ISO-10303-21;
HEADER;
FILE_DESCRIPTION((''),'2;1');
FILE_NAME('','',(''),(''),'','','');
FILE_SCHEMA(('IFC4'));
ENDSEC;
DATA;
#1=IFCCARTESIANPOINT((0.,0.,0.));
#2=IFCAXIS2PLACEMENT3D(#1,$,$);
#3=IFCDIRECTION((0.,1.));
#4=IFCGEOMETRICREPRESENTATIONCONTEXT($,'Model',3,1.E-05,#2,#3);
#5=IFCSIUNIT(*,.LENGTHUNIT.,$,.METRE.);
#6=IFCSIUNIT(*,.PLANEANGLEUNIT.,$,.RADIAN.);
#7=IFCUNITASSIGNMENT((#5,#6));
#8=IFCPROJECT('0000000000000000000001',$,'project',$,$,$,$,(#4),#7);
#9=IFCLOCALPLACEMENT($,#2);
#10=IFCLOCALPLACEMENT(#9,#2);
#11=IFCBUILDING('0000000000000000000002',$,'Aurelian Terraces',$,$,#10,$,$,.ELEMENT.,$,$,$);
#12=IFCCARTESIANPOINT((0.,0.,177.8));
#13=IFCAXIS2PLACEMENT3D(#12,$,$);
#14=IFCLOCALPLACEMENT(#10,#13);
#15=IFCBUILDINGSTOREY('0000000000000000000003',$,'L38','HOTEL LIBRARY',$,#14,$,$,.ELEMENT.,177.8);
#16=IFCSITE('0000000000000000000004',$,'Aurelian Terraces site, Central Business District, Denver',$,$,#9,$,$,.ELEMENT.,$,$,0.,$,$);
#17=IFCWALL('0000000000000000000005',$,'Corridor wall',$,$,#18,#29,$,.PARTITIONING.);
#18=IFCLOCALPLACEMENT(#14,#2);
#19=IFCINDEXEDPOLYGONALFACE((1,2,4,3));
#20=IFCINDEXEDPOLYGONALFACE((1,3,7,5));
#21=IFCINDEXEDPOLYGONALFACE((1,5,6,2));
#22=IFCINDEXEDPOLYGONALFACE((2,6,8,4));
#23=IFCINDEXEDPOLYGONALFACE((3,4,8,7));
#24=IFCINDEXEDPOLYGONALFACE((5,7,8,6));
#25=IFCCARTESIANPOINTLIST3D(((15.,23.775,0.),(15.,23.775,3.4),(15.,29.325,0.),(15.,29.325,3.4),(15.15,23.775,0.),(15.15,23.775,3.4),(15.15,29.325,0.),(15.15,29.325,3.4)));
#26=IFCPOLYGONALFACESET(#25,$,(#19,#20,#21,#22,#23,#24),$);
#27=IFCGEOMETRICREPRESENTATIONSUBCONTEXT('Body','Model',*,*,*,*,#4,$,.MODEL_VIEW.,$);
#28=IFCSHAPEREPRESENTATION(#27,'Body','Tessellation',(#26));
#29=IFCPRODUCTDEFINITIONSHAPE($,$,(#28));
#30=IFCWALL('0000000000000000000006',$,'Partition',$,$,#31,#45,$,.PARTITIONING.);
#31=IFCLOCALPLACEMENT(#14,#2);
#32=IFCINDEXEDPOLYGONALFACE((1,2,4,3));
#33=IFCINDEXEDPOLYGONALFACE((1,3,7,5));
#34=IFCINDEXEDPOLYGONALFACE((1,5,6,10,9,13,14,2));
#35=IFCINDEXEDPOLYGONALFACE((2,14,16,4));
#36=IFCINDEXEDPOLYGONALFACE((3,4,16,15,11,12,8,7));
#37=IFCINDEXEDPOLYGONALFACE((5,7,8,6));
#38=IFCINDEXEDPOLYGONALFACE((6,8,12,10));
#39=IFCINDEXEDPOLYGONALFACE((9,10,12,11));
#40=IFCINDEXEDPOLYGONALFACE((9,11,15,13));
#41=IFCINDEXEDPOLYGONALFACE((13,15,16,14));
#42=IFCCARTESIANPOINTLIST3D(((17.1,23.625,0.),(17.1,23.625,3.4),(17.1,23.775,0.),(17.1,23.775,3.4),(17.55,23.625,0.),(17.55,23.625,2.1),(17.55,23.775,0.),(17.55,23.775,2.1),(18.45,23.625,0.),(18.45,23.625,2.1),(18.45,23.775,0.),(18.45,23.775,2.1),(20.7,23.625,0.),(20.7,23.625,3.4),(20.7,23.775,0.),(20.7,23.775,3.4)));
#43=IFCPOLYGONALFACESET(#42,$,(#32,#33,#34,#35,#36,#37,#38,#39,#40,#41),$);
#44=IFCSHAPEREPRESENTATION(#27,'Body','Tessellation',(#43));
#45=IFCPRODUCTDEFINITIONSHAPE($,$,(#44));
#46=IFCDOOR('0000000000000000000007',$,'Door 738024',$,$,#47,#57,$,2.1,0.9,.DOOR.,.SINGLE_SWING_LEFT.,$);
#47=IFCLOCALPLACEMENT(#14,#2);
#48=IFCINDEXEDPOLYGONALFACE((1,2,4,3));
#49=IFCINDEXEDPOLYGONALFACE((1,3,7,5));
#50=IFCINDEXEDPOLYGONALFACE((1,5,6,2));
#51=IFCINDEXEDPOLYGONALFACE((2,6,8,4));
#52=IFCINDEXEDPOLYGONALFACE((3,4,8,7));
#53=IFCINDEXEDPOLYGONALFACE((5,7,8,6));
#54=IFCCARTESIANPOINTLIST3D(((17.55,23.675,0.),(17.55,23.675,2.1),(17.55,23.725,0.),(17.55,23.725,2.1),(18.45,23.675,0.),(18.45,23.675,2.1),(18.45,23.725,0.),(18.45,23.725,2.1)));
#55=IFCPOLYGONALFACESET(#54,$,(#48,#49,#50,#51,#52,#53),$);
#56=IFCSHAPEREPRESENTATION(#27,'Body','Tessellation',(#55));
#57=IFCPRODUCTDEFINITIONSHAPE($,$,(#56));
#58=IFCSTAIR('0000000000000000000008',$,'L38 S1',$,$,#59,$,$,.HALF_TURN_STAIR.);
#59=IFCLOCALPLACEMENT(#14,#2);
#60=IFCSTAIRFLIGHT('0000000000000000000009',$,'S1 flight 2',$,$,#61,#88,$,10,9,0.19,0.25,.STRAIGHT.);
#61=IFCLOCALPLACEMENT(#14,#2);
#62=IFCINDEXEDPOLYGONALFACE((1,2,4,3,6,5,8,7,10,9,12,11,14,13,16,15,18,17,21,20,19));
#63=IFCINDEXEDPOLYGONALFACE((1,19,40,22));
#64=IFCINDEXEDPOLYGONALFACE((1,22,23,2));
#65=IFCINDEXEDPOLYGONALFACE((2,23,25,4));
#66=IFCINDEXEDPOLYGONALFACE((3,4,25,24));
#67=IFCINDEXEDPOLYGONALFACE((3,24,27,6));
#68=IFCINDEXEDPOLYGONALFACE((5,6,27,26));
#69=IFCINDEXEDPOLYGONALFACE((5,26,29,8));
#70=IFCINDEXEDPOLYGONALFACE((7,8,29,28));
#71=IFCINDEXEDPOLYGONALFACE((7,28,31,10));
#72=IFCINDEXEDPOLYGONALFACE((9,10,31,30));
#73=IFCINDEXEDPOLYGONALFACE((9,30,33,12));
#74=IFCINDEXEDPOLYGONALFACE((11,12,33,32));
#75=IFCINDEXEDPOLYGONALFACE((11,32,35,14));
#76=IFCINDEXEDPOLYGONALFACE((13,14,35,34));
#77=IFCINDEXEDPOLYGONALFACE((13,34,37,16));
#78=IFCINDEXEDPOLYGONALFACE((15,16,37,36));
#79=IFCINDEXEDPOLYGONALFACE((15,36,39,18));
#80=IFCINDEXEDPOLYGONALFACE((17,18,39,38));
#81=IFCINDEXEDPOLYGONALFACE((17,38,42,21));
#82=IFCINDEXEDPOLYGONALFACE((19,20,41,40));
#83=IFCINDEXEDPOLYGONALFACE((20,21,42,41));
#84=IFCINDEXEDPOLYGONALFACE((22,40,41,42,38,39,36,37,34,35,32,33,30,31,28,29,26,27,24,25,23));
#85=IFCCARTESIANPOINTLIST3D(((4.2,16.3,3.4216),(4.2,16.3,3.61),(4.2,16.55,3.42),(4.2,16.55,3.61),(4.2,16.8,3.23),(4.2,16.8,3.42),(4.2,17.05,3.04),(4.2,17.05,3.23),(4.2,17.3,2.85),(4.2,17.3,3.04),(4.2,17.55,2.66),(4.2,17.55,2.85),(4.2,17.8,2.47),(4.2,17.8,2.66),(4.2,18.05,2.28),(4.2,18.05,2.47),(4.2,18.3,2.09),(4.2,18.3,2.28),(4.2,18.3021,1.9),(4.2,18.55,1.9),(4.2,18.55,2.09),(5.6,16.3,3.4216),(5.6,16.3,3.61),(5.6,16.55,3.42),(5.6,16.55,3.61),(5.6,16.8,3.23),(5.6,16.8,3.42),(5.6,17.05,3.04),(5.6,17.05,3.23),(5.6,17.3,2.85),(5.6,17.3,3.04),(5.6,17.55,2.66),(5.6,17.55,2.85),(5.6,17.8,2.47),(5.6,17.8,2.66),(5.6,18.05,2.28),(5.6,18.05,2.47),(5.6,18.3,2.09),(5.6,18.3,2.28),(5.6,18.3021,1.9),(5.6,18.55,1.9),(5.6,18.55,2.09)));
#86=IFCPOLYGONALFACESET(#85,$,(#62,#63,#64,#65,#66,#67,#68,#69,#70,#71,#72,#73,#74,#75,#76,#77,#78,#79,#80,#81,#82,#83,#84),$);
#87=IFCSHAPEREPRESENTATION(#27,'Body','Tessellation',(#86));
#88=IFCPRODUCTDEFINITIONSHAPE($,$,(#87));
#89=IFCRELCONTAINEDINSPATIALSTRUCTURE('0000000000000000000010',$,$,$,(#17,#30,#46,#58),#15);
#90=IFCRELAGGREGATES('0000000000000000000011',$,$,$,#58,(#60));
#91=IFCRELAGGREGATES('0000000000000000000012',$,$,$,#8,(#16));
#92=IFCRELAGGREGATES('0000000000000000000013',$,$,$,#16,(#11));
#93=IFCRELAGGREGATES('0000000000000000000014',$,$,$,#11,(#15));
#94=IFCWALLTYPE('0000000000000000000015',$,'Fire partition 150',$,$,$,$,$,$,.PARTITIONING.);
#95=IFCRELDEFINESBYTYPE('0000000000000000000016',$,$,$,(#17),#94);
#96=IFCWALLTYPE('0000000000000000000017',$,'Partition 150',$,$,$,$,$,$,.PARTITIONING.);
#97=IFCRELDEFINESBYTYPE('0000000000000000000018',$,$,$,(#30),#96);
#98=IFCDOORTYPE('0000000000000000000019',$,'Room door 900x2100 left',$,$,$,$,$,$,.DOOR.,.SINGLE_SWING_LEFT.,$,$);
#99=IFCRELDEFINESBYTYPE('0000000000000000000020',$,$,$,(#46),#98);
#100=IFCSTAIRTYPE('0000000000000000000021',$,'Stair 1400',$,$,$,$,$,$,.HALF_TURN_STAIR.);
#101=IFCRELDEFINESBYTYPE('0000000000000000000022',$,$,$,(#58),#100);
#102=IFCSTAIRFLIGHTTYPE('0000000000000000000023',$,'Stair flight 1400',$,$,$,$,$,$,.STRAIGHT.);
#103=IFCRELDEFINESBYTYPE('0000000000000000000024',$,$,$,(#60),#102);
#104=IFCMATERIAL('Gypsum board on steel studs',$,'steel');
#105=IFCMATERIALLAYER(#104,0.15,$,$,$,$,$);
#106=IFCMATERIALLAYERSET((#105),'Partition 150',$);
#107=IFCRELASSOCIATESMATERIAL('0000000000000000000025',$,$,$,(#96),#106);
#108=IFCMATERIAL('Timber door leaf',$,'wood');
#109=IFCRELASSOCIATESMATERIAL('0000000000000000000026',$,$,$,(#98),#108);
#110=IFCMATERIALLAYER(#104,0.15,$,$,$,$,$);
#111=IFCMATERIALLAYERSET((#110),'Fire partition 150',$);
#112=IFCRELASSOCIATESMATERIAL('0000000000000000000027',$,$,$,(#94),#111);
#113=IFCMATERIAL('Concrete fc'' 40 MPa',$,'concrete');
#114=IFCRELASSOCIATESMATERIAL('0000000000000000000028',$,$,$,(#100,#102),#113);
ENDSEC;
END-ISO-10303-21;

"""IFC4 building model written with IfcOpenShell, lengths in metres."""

from ifc_helpers import new_model, si_unit, direction, frame, frame_2d, origin, place, context, subcontext, project, spatial, polyline, rectangle, outline, extrude, source, transform, mapped, material, layer, layer_set, type_object, element, fill, aggregate, save


model = new_model("IFC4")

# Units and contexts
model_context = context("Model", 3, precision=1e-05, world=origin(), true_north=direction((0.0, 1.0)))
body_context = subcontext(model_context, "Body", "Model", "MODEL_VIEW")
ifc_project = project(units=[si_unit("LENGTHUNIT", "METRE"), si_unit("PLANEANGLEUNIT", "RADIAN")], contexts=[model_context])

# Site, building, storey
site_placement = place(None, origin())
site = spatial("IfcSite", under=ifc_project, at=site_placement, Name="Aurelian Terraces site, Central Business District, Denver", CompositionType="ELEMENT", RefElevation=0.0)
building_placement = place(site_placement, origin())
building = spatial("IfcBuilding", under=site, at=building_placement, Name="Aurelian Terraces", CompositionType="ELEMENT")
storey_placement = place(building_placement, frame((0.0, 0.0, 177.8)))
storey = spatial("IfcBuildingStorey", under=building, at=storey_placement, Name="L38", Description="HOTEL LIBRARY", CompositionType="ELEMENT", Elevation=177.8)

# Shared definitions
ifc_material_1 = material(Name="Gypsum board on steel studs", Category="steel")
shared_shape_1 = source(origin(), body_context, "Body", "SweptSolid", [
    extrude(rectangle(XDim=0.9, YDim=2.1, at=frame_2d((0.45, 1.05))), frame((0.0, 0.025, 0.0), z_axis=(0.0, -1.0, 0.0), x_axis=(1.0, 0.0, 0.0)), (0.0, 0.0, 1.0), 0.05),
])

# Shared definitions
ifc_layer_1 = layer(ifc_material_1, 0.15)
ifc_layer_set_1 = layer_set([ifc_layer_1], Name="Partition 150")
wall_type_1 = type_object("IfcWallType", Name="Partition 150", PredefinedType="PARTITIONING", material=ifc_layer_set_1)
shared_shape_2 = source(origin(), body_context, "Body", "SweptSolid", [
    extrude(rectangle(XDim=0.9, YDim=2.1, at=frame_2d((0.45, 1.05))), frame((0.0, 0.085, 0.0), z_axis=(0.0, -1.0, 0.0), x_axis=(1.0, 0.0, 0.0)), (0.0, 0.0, 1.0), 0.17),
])
ifc_material_2 = material(Name="Timber door leaf", Category="wood")
door_type_1 = type_object("IfcDoorType", Name="Room door 900x2100 left", OperationType="SINGLE_SWING_LEFT", PredefinedType="DOOR", material=ifc_material_2)

# Wall
ifc_layer_2 = layer(ifc_material_1, 0.15)
ifc_layer_set_2 = layer_set([ifc_layer_2], Name="Fire partition 150")
wall_type_2 = type_object("IfcWallType", Name="Fire partition 150", PredefinedType="PARTITIONING", material=ifc_layer_set_2)
shared_shape_3 = source(origin(), body_context, "Body", "SweptSolid", [
    extrude(rectangle(XDim=5.55, YDim=0.15, at=frame_2d((2.775, 0.0))), origin(), (0.0, 0.0, 1.0), 3.4),
])
wall_1_placement = place(storey_placement, frame((15.075, 23.775, 0.0), z_axis=(0.0, 0.0, 1.0), x_axis=(0.0, 1.0, 0.0)))
element("IfcWall", 1, at=wall_1_placement, inside=storey, type_object=wall_type_2, Name="Corridor wall", PredefinedType="PARTITIONING", context=body_context, shape_type="MappedRepresentation", body=[
    mapped(shared_shape_3, transform((0.0, 0.0, 0.0), scale=1.0)),
])

# Wall, opening, door
shared_shape_4 = source(origin(), body_context, "Body", "SweptSolid", [
    extrude(rectangle(XDim=3.6, YDim=0.15, at=frame_2d((1.8, 0.0))), origin(), (0.0, 0.0, 1.0), 3.4),
])
wall_2_placement = place(storey_placement, frame((17.1, 23.7, 0.0), z_axis=(0.0, 0.0, 1.0), x_axis=(1.0, 0.0, 0.0)))
wall_2 = element("IfcWall", 2, at=wall_2_placement, inside=storey, type_object=wall_type_1, Name="Partition", PredefinedType="PARTITIONING", context=body_context, shape_type="MappedRepresentation", body=[
    mapped(shared_shape_4, transform((0.0, 0.0, 0.0), scale=1.0)),
])
opening_1_placement = place(wall_2_placement, frame((0.45, 0.0, 0.0)))
opening_1 = element("IfcOpeningElement", 3, at=opening_1_placement, cuts=wall_2, PredefinedType="OPENING", context=body_context, shape_type="MappedRepresentation", body=[
    mapped(shared_shape_2, transform((0.0, 0.0, 0.0), scale=1.0)),
])
door_1_placement = place(opening_1_placement, origin())
door_1 = element("IfcDoor", 4, at=door_1_placement, inside=storey, type_object=door_type_1, Name="Door 738024", OperationType="SINGLE_SWING_LEFT", OverallHeight=2.1, OverallWidth=0.9, PredefinedType="DOOR", context=body_context, shape_type="MappedRepresentation", body=[
    mapped(shared_shape_1, transform((0.0, 0.0, 0.0), scale=1.0)),
])
fill(opening_1, door_1)

# Stair, stair flight
ifc_material_3 = material(Name="Concrete fc' 40 MPa", Category="concrete")
stair_type = type_object("IfcStairType", Name="Stair 1400", PredefinedType="HALF_TURN_STAIR", material=ifc_material_3)
stair_placement = place(storey_placement, origin())
stair = element("IfcStair", 5, at=stair_placement, inside=storey, type_object=stair_type, Name="L38 S1", PredefinedType="HALF_TURN_STAIR")
stair_flight_type = type_object("IfcStairFlightType", Name="Stair flight 1400", PredefinedType="STRAIGHT", material=ifc_material_3)
shared_shape_5 = source(origin(), body_context, "Body", "SweptSolid", [
    extrude(outline(polyline([(0.0, 0.0), (0.0, 0.19), (0.25, 0.19), (0.25, 0.38), (0.5, 0.38), (0.5, 0.57), (0.75, 0.57), (0.75, 0.76), (1.0, 0.76), (1.0, 0.95), (1.25, 0.95), (1.25, 1.14), (1.5, 1.14), (1.5, 1.33), (1.75, 1.33), (1.75, 1.52), (2.0, 1.52), (2.0, 1.71), (2.25, 1.71), (2.25, 1.9), (2.25, 1.5216), (0.2479, 0.0), (0.0, 0.0)])), frame((0.0, 0.7, 0.0), z_axis=(0.0, -1.0, 0.0), x_axis=(1.0, 0.0, 0.0)), (0.0, 0.0, 1.0), 1.4),
])
stair_flight_placement = place(storey_placement, frame((4.9, 18.55, 1.9), z_axis=(0.0, 0.0, 1.0), x_axis=(0.0, -1.0, 0.0)))
stair_flight = element("IfcStairFlight", 6, at=stair_flight_placement, type_object=stair_flight_type, Name="S1 flight 2", NumberOfRisers=10, NumberOfTreads=9, PredefinedType="STRAIGHT", RiserHeight=0.19, TreadLength=0.25, context=body_context, shape_type="MappedRepresentation", body=[
    mapped(shared_shape_5, transform((0.0, 0.0, 0.0), scale=1.0)),
])
aggregate(stair, [stair_flight])

save(model, "model.ifc")
